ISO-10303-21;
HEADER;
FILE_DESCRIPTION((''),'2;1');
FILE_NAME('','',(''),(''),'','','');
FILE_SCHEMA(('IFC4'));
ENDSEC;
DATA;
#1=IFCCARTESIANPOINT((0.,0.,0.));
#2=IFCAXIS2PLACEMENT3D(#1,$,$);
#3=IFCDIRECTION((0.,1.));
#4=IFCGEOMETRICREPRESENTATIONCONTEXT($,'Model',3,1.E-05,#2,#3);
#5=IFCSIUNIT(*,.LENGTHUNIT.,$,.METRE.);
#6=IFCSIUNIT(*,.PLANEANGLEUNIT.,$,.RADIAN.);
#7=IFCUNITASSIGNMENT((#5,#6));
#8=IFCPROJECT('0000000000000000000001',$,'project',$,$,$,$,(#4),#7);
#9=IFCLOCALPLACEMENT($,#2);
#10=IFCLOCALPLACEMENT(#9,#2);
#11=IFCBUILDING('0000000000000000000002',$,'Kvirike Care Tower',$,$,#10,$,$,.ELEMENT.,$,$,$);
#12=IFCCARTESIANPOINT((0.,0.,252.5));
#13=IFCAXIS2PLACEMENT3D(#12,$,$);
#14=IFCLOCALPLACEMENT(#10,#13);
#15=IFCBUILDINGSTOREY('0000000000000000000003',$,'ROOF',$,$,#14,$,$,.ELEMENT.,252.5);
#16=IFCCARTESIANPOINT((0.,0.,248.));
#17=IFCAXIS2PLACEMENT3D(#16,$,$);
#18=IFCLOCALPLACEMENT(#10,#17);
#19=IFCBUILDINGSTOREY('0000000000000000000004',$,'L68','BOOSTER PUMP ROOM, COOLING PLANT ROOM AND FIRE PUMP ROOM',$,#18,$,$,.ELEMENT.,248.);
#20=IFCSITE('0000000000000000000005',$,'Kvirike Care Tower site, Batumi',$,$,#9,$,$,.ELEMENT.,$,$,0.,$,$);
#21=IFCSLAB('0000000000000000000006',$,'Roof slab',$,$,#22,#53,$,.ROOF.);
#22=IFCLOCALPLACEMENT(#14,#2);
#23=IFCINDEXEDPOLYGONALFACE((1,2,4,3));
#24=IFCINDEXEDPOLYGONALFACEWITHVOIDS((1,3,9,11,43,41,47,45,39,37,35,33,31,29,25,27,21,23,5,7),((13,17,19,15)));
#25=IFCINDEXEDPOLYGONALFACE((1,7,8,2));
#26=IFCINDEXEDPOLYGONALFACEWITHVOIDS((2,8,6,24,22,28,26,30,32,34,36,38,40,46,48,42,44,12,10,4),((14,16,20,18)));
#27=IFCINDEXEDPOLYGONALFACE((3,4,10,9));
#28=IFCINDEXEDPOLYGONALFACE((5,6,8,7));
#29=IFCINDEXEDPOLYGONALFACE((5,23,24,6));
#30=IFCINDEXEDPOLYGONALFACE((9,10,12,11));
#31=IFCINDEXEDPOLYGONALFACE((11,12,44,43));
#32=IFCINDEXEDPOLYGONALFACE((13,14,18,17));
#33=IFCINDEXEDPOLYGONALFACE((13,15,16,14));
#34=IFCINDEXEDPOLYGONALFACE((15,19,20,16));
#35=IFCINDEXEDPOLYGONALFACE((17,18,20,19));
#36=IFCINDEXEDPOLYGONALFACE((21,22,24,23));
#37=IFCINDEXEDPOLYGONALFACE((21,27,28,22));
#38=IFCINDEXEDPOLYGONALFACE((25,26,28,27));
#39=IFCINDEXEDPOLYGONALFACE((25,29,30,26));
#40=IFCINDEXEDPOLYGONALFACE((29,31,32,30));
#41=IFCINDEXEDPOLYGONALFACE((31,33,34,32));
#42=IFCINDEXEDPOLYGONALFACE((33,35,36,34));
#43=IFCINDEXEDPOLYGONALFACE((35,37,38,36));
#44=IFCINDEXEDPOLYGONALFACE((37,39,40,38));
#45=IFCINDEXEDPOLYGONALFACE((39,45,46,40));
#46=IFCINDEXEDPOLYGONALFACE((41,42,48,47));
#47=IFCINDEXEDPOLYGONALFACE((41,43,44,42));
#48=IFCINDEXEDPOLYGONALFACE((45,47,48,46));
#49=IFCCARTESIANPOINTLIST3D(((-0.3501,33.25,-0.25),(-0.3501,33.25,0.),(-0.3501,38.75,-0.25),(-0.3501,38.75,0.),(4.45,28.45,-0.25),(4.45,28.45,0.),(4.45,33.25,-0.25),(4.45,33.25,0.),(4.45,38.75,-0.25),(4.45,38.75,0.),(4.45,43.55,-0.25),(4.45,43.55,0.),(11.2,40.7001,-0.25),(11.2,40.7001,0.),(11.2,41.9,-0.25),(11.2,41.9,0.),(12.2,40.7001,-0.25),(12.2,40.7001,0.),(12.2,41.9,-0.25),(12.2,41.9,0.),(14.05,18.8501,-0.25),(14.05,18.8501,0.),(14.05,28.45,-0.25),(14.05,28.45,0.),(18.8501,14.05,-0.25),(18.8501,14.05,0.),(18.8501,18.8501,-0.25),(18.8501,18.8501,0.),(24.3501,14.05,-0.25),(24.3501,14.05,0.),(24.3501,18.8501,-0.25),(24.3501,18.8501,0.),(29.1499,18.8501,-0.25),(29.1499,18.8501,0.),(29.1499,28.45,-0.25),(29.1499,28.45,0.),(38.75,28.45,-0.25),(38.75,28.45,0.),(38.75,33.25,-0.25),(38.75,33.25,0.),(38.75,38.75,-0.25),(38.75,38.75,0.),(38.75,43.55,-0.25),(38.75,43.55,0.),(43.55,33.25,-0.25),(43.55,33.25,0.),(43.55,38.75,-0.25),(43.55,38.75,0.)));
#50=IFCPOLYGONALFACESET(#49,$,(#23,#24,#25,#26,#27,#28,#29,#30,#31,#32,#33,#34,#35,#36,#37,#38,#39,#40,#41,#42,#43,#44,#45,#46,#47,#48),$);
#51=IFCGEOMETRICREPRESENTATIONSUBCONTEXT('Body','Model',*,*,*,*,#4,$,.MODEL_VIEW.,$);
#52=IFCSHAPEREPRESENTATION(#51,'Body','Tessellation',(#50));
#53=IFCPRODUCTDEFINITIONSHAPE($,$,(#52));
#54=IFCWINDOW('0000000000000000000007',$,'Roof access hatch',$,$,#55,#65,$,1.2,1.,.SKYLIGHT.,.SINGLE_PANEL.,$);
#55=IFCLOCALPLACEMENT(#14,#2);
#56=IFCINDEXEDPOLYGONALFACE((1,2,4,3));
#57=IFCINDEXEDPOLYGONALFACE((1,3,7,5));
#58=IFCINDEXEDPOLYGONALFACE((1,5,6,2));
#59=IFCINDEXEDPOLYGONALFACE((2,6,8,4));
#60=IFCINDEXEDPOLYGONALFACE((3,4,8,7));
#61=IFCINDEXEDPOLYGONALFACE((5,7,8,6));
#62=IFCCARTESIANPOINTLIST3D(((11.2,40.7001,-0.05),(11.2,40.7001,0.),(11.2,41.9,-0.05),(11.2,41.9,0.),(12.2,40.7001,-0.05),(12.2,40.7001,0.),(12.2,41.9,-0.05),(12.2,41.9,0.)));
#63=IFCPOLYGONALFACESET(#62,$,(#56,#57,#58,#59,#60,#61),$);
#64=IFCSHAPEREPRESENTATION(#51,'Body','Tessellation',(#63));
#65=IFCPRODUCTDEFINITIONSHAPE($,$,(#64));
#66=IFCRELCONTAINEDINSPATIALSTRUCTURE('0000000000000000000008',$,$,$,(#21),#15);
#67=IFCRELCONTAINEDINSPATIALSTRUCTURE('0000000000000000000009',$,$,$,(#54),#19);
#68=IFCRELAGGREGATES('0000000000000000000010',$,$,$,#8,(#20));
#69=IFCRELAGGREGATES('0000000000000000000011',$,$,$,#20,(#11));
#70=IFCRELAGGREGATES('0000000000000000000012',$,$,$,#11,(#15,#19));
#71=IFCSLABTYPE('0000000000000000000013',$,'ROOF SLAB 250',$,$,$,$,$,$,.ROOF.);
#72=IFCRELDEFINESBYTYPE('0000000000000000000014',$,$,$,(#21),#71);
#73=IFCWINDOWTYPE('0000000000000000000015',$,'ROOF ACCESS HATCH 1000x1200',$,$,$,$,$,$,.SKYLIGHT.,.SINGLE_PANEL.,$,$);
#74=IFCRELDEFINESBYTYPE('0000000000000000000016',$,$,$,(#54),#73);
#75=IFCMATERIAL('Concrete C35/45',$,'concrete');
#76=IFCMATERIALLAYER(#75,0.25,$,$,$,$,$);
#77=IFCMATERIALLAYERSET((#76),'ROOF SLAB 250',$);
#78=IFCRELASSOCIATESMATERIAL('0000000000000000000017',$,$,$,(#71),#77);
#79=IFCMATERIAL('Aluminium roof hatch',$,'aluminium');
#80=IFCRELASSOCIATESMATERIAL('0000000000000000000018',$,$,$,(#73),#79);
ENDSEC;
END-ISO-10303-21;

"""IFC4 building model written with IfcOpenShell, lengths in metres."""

from ifc_helpers import new_model, si_unit, direction, frame, origin, origin_2d, place, context, subcontext, project, spatial, polyline, rectangle, outline, extrude, material, layer, layer_set, type_object, element, fill, save


model = new_model("IFC4")

# Units and contexts
model_context = context("Model", 3, precision=1e-05, world=origin(), true_north=direction((0.0, 1.0)))
body_context = subcontext(model_context, "Body", "Model", "MODEL_VIEW")
ifc_project = project(units=[si_unit("LENGTHUNIT", "METRE"), si_unit("PLANEANGLEUNIT", "RADIAN")], contexts=[model_context])

# Site, building, storey
site_placement = place(None, origin())
site = spatial("IfcSite", under=ifc_project, at=site_placement, Name="Kvirike Care Tower site, Batumi", CompositionType="ELEMENT", RefElevation=0.0)
building_placement = place(site_placement, origin())
building = spatial("IfcBuilding", under=site, at=building_placement, Name="Kvirike Care Tower", CompositionType="ELEMENT")
storey_1_placement = place(building_placement, frame((0.0, 0.0, 252.5)))
storey_1 = spatial("IfcBuildingStorey", under=building, at=storey_1_placement, Name="ROOF", CompositionType="ELEMENT", Elevation=252.5)

# Slab, opening
ifc_material_1 = material(Name="Concrete C35/45", Category="concrete")
ifc_layer = layer(ifc_material_1, 0.25)
ifc_layer_set = layer_set([ifc_layer], Name="ROOF SLAB 250")
slab_type = type_object("IfcSlabType", Name="ROOF SLAB 250", PredefinedType="ROOF", material=ifc_layer_set)
slab_placement = place(storey_1_placement, frame((0.0, 0.0, -0.25)))
slab = element("IfcSlab", 1, at=slab_placement, inside=storey_1, type_object=slab_type, Name="Roof slab", PredefinedType="ROOF", context=body_context, shape_type="SweptSolid", body=[
    extrude(outline(polyline([(29.1499, 28.45), (38.75, 28.45), (38.75, 33.25), (43.55, 33.25), (43.55, 38.75), (38.75, 38.75), (38.75, 43.55), (4.45, 43.55), (4.45, 38.75), (-0.3501, 38.75), (-0.3501, 33.25), (4.45, 33.25), (4.45, 28.45), (14.05, 28.45), (14.05, 18.8501), (18.8501, 18.8501), (18.8501, 14.05), (24.3501, 14.05), (24.3501, 18.8501), (29.1499, 18.8501), (29.1499, 28.45)])), origin(), (0.0, 0.0, 1.0), 0.25),
])
opening_placement = place(slab_placement, frame((11.7, 41.3, 0.0)))
opening = element("IfcOpeningElement", 2, at=opening_placement, cuts=slab, PredefinedType="OPENING", context=body_context, shape_type="SweptSolid", body=[
    extrude(rectangle(XDim=1.0, YDim=1.2, at=origin_2d()), origin(), (0.0, 0.0, 1.0), 0.25),
])

# Shared definitions
storey_2_placement = place(building_placement, frame((0.0, 0.0, 248.0)))
storey_2 = spatial("IfcBuildingStorey", under=building, at=storey_2_placement, Name="L68", Description="BOOSTER PUMP ROOM, COOLING PLANT ROOM AND FIRE PUMP ROOM", CompositionType="ELEMENT", Elevation=248.0)

# Window
ifc_material_2 = material(Name="Aluminium roof hatch", Category="aluminium")
window_type = type_object("IfcWindowType", Name="ROOF ACCESS HATCH 1000x1200", PartitioningType="SINGLE_PANEL", PredefinedType="SKYLIGHT", material=ifc_material_2)
window_placement = place(opening_placement, frame((0.0, 0.0, 0.2)))
window = element("IfcWindow", 3, at=window_placement, inside=storey_2, type_object=window_type, Name="Roof access hatch", OverallHeight=1.2, OverallWidth=1.0, PartitioningType="SINGLE_PANEL", PredefinedType="SKYLIGHT", context=body_context, shape_type="SweptSolid", body=[
    extrude(rectangle(XDim=1.0, YDim=1.2, at=origin_2d()), origin(), (0.0, 0.0, 1.0), 0.05),
])
fill(opening, window)

save(model, "model.ifc")
